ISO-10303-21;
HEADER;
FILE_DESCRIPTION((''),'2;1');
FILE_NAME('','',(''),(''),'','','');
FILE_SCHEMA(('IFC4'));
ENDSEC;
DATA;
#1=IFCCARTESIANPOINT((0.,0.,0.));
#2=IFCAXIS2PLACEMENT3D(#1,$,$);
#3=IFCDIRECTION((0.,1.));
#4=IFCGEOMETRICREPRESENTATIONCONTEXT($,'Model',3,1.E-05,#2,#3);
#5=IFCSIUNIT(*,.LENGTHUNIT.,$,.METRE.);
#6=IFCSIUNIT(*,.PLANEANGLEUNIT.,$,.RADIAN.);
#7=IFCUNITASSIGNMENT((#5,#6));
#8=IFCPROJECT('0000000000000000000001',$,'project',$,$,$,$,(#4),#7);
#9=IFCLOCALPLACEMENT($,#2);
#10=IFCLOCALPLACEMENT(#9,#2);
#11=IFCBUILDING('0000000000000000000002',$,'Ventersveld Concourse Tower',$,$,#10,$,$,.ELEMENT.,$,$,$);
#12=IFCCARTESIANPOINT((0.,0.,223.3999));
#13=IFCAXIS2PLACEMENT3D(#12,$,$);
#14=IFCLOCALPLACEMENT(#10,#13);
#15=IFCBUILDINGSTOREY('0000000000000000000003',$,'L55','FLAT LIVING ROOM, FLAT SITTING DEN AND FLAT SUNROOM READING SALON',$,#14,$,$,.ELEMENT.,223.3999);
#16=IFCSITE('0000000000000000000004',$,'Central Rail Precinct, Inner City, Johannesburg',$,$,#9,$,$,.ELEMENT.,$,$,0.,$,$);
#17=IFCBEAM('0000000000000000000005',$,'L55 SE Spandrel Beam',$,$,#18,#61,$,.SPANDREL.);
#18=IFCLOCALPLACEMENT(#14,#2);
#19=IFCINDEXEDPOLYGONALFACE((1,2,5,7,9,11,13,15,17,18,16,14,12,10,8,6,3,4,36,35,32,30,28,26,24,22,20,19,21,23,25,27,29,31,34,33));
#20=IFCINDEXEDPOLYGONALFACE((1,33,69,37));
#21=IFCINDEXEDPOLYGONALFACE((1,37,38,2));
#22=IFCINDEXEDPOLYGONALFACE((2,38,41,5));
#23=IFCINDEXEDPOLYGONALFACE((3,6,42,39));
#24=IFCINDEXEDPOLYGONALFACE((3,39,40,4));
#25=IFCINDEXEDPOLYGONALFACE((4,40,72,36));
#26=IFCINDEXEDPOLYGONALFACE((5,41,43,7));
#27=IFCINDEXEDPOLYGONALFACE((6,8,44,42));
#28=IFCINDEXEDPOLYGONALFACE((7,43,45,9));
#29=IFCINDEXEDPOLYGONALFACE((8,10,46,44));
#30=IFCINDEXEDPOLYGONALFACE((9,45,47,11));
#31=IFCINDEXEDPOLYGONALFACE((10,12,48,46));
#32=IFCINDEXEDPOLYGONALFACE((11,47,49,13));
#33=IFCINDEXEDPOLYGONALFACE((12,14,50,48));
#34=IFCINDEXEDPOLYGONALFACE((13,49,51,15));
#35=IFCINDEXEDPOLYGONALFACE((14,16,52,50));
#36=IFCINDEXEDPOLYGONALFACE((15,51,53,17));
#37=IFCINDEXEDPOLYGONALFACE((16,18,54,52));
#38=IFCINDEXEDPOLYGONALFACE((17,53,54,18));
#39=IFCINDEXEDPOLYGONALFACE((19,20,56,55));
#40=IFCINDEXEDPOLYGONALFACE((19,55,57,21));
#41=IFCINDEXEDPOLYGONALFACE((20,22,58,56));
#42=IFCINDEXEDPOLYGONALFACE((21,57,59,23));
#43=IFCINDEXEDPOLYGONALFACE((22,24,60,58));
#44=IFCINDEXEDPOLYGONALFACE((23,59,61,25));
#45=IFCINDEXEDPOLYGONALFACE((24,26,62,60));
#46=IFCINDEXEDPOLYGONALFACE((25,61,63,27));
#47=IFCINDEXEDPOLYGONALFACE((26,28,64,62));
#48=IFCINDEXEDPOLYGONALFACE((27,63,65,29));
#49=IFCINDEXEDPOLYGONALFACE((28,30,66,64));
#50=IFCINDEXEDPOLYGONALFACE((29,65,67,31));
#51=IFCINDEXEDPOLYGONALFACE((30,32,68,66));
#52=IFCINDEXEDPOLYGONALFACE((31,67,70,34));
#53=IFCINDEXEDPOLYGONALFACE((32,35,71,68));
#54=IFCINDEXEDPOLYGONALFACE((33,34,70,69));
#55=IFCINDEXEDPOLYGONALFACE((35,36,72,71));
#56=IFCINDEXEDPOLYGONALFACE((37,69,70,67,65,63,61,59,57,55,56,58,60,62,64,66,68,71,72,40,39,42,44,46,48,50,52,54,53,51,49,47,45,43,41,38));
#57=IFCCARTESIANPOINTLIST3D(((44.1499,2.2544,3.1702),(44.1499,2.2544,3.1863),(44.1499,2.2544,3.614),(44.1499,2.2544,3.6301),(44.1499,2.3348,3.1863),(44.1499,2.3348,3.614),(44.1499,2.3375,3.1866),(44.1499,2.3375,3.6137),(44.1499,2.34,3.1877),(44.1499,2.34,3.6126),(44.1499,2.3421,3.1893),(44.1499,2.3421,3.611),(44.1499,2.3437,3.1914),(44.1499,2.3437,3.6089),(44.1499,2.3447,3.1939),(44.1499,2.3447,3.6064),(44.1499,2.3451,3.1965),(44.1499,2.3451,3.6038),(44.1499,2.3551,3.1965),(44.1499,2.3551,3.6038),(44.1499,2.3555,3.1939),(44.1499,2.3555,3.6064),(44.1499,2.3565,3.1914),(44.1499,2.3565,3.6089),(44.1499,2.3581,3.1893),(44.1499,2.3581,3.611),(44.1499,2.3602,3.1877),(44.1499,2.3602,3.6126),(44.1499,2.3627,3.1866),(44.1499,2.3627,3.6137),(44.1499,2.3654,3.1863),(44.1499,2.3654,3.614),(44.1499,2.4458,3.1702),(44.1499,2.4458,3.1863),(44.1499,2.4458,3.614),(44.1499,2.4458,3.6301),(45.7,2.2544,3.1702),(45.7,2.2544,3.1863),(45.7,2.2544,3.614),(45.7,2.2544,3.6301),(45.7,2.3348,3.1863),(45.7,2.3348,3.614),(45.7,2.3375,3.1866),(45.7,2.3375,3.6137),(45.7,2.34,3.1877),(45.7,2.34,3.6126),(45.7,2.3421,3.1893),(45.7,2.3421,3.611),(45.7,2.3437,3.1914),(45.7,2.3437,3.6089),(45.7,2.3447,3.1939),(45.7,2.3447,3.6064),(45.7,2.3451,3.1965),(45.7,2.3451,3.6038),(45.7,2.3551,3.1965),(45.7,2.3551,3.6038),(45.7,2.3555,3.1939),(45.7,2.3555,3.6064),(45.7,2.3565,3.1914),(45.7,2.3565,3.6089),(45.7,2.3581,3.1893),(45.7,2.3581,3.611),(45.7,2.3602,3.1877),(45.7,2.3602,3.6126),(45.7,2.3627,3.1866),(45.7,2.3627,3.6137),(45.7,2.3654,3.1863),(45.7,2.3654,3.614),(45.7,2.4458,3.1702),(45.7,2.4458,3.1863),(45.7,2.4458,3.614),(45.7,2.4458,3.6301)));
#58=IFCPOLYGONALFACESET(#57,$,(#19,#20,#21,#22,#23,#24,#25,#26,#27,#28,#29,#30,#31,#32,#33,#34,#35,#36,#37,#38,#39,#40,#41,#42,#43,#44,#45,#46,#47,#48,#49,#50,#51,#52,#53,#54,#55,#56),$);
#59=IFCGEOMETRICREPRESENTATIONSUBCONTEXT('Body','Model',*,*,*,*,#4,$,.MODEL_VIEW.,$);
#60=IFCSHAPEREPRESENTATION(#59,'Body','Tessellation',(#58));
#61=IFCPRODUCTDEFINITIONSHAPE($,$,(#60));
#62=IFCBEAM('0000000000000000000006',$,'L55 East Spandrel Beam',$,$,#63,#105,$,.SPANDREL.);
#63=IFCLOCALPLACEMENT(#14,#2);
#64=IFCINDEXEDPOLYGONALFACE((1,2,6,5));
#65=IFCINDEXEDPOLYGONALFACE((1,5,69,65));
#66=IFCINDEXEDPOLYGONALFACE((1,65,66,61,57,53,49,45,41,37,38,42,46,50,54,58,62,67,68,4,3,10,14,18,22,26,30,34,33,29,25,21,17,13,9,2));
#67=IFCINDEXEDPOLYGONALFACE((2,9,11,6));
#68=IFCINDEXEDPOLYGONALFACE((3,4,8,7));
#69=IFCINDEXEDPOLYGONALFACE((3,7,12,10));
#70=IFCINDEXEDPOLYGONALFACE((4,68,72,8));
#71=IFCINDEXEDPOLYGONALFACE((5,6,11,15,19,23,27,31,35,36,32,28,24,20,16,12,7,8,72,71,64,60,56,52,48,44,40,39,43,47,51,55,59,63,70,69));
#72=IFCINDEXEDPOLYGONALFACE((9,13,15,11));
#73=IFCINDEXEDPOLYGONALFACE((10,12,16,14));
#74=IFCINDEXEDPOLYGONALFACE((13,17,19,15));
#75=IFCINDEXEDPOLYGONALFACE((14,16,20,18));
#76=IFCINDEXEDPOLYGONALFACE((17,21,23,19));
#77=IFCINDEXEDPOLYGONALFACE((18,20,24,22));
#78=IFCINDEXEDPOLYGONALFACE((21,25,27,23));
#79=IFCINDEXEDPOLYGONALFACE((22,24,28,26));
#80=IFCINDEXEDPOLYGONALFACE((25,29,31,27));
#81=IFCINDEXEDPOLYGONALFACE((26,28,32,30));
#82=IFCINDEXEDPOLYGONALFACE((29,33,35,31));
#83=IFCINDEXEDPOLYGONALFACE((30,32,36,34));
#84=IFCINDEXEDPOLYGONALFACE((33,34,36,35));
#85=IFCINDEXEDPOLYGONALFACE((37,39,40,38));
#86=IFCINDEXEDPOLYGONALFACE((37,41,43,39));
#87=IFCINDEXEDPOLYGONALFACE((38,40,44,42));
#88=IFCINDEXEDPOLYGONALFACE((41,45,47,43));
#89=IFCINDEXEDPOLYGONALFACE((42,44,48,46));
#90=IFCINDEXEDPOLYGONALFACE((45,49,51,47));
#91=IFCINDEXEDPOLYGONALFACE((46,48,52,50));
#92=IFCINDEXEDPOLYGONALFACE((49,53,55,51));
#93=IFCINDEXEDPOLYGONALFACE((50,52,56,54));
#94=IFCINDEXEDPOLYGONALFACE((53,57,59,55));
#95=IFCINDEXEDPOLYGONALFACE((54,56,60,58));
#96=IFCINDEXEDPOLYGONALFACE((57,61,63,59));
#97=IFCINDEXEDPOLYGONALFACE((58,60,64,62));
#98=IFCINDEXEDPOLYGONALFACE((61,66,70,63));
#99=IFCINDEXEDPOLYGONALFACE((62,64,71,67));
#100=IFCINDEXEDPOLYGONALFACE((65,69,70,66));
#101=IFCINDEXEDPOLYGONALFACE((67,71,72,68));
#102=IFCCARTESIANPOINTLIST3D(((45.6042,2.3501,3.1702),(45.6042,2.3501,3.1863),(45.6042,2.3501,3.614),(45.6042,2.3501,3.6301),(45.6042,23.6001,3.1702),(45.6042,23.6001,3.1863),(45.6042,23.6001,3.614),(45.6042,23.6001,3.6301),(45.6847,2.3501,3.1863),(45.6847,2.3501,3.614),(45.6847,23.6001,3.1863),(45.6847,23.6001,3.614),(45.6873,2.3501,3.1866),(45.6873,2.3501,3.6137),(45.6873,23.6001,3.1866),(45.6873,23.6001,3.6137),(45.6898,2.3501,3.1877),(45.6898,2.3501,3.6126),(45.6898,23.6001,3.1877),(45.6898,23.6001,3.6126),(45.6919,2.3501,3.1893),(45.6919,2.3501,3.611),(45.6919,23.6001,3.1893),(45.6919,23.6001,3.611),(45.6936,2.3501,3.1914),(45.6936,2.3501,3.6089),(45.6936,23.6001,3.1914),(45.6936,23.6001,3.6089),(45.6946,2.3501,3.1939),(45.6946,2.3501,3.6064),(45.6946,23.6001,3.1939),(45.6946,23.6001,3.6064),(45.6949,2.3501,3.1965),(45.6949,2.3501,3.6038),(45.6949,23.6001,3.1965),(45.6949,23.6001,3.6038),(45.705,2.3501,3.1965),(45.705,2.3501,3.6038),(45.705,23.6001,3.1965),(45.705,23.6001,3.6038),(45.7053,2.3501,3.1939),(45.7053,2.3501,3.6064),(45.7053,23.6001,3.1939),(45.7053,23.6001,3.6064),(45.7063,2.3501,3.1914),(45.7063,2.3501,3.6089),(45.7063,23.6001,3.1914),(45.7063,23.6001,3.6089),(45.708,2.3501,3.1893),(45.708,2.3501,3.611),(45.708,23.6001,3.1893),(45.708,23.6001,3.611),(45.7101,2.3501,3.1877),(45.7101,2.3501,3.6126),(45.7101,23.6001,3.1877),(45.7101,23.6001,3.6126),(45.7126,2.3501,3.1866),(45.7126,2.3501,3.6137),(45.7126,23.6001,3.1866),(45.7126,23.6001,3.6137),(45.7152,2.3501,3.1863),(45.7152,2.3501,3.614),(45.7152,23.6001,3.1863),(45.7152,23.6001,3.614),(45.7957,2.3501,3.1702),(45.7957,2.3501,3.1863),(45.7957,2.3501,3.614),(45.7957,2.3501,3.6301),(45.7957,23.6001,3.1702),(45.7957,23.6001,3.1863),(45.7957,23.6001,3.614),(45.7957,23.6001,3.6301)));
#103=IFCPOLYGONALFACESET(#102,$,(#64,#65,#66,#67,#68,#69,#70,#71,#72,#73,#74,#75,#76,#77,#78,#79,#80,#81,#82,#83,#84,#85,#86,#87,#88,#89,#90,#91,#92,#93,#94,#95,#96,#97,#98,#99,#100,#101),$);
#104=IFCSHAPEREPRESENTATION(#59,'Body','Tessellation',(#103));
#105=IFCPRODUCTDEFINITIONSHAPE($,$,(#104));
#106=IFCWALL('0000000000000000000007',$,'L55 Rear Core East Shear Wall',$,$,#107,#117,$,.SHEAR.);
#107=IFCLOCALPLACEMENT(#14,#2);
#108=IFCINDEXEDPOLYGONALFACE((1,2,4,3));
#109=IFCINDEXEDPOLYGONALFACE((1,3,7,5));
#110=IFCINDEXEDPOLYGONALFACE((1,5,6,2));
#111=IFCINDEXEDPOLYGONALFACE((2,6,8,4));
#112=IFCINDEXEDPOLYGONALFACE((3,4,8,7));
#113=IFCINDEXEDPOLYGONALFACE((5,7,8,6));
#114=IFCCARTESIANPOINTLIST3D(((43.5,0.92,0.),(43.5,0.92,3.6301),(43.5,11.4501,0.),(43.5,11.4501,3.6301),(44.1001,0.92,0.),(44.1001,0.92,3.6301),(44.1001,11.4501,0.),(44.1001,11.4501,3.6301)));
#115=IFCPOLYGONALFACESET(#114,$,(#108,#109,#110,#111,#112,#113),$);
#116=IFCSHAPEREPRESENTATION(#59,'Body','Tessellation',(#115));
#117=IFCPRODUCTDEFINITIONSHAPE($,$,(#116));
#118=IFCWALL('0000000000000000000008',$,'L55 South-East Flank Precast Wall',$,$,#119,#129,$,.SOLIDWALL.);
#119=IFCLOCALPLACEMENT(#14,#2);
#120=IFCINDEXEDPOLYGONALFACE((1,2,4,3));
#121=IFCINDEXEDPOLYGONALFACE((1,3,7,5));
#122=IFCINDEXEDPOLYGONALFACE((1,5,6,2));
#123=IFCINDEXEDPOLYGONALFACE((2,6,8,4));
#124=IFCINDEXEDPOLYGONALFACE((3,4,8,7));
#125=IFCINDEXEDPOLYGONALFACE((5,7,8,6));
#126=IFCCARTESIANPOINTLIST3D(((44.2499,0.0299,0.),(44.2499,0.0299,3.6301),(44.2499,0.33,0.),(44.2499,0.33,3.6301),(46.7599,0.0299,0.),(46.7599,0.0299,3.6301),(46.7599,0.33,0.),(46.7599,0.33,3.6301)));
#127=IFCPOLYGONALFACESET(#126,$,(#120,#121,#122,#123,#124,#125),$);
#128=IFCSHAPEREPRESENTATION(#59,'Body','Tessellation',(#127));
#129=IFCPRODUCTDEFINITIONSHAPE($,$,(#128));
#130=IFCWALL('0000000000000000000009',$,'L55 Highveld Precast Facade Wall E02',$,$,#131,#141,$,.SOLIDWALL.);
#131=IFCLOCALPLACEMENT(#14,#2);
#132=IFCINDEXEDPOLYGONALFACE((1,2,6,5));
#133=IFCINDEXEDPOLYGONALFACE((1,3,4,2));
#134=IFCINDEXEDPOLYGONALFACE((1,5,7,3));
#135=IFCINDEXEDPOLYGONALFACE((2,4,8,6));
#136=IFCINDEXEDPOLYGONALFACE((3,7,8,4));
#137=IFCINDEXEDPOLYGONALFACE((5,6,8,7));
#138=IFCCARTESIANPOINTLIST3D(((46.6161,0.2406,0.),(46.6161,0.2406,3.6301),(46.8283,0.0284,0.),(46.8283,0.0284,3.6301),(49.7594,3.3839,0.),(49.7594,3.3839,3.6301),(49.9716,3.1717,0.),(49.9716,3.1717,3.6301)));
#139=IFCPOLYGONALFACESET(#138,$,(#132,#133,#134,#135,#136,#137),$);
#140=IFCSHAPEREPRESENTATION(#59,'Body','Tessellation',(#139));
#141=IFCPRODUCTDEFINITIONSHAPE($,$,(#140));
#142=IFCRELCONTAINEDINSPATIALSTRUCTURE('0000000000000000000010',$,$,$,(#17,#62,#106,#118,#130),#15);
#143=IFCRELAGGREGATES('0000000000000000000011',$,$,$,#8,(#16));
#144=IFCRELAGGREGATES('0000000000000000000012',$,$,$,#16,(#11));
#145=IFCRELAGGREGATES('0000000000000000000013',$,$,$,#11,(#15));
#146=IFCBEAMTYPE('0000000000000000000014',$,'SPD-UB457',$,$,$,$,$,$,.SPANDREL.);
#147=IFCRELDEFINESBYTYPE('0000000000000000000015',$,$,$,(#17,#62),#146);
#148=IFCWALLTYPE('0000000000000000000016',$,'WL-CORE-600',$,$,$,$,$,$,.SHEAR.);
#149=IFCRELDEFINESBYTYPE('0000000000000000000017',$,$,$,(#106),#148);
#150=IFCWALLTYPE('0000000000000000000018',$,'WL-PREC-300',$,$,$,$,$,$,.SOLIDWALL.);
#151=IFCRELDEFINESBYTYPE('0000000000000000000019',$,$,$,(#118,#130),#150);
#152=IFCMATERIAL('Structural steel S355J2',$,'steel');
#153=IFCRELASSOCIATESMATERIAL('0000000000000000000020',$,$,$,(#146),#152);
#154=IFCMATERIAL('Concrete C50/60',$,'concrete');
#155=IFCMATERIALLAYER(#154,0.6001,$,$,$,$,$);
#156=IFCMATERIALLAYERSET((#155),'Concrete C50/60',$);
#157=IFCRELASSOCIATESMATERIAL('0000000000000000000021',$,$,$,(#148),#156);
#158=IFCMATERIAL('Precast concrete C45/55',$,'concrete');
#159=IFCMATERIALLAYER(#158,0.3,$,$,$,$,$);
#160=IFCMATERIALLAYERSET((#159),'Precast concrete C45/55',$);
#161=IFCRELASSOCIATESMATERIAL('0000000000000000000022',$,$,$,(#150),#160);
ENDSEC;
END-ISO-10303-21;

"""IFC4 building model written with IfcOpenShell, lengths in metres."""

from ifc_helpers import new_model, si_unit, direction, frame, frame_2d, origin, origin_2d, place, context, subcontext, project, spatial, rectangle, i_section, extrude, material, layer, layer_set, material_profile, profile_set, type_object, element, save


model = new_model("IFC4")

# Units and contexts
model_context = context("Model", 3, precision=1e-05, world=origin(), true_north=direction((0.0, 1.0)))
body_context = subcontext(model_context, "Body", "Model", "MODEL_VIEW")
ifc_project = project(units=[si_unit("LENGTHUNIT", "METRE"), si_unit("PLANEANGLEUNIT", "RADIAN")], contexts=[model_context])

# Site, building, storey
site_placement = place(None, origin())
site = spatial("IfcSite", under=ifc_project, at=site_placement, Name="Central Rail Precinct, Inner City, Johannesburg", CompositionType="ELEMENT", RefElevation=0.0)
building_placement = place(site_placement, origin())
building = spatial("IfcBuilding", under=site, at=building_placement, Name="Ventersveld Concourse Tower", CompositionType="ELEMENT")
storey_placement = place(building_placement, frame((0.0, 0.0, 223.3999)))
storey = spatial("IfcBuildingStorey", under=building, at=storey_placement, Name="L55", Description="FLAT LIVING ROOM, FLAT SITTING DEN AND FLAT SUNROOM READING SALON", CompositionType="ELEMENT", Elevation=223.3999)

# Shared definitions
ifc_material_1 = material(Name="Concrete C50/60", Category="concrete")

# Shared definitions
ifc_material_2 = material(Name="Structural steel S355J2", Category="steel")

# Beams
ifc_material_profile_1 = material_profile(ifc_material_2, i_section(OverallWidth=0.1914, OverallDepth=0.46, WebThickness=0.01, FlangeThickness=0.0161, FilletRadius=0.0103, at=origin_2d()), Name="UB 457x191x82")
ifc_profile_set_1 = profile_set([ifc_material_profile_1], Name="Structural steel S355J2")
beam_type_1 = type_object("IfcBeamType", Name="SPD-UB457", PredefinedType="SPANDREL", material=ifc_profile_set_1)
beam_1_placement = place(storey_placement, frame((44.1499, 2.3501, 3.4001), z_axis=(1.0, 0.0, 0.0), x_axis=(0.0, 1.0, 0.0)))
element("IfcBeam", 1, at=beam_1_placement, inside=storey, type_object=beam_type_1, Name="L55 SE Spandrel Beam", PredefinedType="SPANDREL", context=body_context, shape_type="SweptSolid", body=[
    extrude(i_section(OverallWidth=0.1914, OverallDepth=0.46, WebThickness=0.01, FlangeThickness=0.0161, FilletRadius=0.0103, at=origin_2d()), origin(), (0.0, 0.0, 1.0), 1.55),
])
beam_2_placement = place(storey_placement, frame((45.7, 2.3501, 3.4001), z_axis=(0.0, 1.0, 0.0), x_axis=(-1.0, 0.0, 0.0)))
element("IfcBeam", 2, at=beam_2_placement, inside=storey, type_object=beam_type_1, Name="L55 East Spandrel Beam", PredefinedType="SPANDREL", context=body_context, shape_type="SweptSolid", body=[
    extrude(i_section(OverallWidth=0.1914, OverallDepth=0.46, WebThickness=0.01, FlangeThickness=0.0161, FilletRadius=0.0103, at=origin_2d()), origin(), (0.0, 0.0, 1.0), 21.25),
])

# Walls
ifc_layer_1 = layer(ifc_material_1, 0.6001)
ifc_layer_set_1 = layer_set([ifc_layer_1], Name="Concrete C50/60")
wall_type_1 = type_object("IfcWallType", Name="WL-CORE-600", PredefinedType="SHEAR", material=ifc_layer_set_1)
wall_1_placement = place(storey_placement, frame((43.8, 0.9199, 0.0), z_axis=(0.0, 0.0, 1.0), x_axis=(0.0, 1.0, 0.0)))
element("IfcWall", 3, at=wall_1_placement, inside=storey, type_object=wall_type_1, Name="L55 Rear Core East Shear Wall", PredefinedType="SHEAR", context=body_context, shape_type="SweptSolid", body=[
    extrude(rectangle(XDim=10.53, YDim=0.6001, at=frame_2d((5.2651, 0.0))), origin(), (0.0, 0.0, 1.0), 3.6301),
])
ifc_material_3 = material(Name="Precast concrete C45/55", Category="concrete")
ifc_layer_2 = layer(ifc_material_3, 0.3)
ifc_layer_set_2 = layer_set([ifc_layer_2], Name="Precast concrete C45/55")
wall_type_2 = type_object("IfcWallType", Name="WL-PREC-300", PredefinedType="SOLIDWALL", material=ifc_layer_set_2)
wall_2_placement = place(storey_placement, frame((44.25, 0.1799, 0.0), z_axis=(0.0, 0.0, 1.0), x_axis=(1.0, 0.0, 0.0)))
element("IfcWall", 4, at=wall_2_placement, inside=storey, type_object=wall_type_2, Name="L55 South-East Flank Precast Wall", PredefinedType="SOLIDWALL", context=body_context, shape_type="SweptSolid", body=[
    extrude(rectangle(XDim=2.51, YDim=0.3, at=frame_2d((1.2549, 0.0))), origin(), (0.0, 0.0, 1.0), 3.6301),
])
wall_3_placement = place(storey_placement, frame((46.7222, 0.1345, 0.0), z_axis=(0.0, 0.0, 1.0), x_axis=(0.707107, 0.707107, 0.0)))
element("IfcWall", 5, at=wall_3_placement, inside=storey, type_object=wall_type_2, Name="L55 Highveld Precast Facade Wall E02", PredefinedType="SOLIDWALL", context=body_context, shape_type="SweptSolid", body=[
    extrude(rectangle(XDim=4.4453, YDim=0.3, at=frame_2d((2.2227, 0.0))), origin(), (0.0, 0.0, 1.0), 3.6301),
])

save(model, "model.ifc")
